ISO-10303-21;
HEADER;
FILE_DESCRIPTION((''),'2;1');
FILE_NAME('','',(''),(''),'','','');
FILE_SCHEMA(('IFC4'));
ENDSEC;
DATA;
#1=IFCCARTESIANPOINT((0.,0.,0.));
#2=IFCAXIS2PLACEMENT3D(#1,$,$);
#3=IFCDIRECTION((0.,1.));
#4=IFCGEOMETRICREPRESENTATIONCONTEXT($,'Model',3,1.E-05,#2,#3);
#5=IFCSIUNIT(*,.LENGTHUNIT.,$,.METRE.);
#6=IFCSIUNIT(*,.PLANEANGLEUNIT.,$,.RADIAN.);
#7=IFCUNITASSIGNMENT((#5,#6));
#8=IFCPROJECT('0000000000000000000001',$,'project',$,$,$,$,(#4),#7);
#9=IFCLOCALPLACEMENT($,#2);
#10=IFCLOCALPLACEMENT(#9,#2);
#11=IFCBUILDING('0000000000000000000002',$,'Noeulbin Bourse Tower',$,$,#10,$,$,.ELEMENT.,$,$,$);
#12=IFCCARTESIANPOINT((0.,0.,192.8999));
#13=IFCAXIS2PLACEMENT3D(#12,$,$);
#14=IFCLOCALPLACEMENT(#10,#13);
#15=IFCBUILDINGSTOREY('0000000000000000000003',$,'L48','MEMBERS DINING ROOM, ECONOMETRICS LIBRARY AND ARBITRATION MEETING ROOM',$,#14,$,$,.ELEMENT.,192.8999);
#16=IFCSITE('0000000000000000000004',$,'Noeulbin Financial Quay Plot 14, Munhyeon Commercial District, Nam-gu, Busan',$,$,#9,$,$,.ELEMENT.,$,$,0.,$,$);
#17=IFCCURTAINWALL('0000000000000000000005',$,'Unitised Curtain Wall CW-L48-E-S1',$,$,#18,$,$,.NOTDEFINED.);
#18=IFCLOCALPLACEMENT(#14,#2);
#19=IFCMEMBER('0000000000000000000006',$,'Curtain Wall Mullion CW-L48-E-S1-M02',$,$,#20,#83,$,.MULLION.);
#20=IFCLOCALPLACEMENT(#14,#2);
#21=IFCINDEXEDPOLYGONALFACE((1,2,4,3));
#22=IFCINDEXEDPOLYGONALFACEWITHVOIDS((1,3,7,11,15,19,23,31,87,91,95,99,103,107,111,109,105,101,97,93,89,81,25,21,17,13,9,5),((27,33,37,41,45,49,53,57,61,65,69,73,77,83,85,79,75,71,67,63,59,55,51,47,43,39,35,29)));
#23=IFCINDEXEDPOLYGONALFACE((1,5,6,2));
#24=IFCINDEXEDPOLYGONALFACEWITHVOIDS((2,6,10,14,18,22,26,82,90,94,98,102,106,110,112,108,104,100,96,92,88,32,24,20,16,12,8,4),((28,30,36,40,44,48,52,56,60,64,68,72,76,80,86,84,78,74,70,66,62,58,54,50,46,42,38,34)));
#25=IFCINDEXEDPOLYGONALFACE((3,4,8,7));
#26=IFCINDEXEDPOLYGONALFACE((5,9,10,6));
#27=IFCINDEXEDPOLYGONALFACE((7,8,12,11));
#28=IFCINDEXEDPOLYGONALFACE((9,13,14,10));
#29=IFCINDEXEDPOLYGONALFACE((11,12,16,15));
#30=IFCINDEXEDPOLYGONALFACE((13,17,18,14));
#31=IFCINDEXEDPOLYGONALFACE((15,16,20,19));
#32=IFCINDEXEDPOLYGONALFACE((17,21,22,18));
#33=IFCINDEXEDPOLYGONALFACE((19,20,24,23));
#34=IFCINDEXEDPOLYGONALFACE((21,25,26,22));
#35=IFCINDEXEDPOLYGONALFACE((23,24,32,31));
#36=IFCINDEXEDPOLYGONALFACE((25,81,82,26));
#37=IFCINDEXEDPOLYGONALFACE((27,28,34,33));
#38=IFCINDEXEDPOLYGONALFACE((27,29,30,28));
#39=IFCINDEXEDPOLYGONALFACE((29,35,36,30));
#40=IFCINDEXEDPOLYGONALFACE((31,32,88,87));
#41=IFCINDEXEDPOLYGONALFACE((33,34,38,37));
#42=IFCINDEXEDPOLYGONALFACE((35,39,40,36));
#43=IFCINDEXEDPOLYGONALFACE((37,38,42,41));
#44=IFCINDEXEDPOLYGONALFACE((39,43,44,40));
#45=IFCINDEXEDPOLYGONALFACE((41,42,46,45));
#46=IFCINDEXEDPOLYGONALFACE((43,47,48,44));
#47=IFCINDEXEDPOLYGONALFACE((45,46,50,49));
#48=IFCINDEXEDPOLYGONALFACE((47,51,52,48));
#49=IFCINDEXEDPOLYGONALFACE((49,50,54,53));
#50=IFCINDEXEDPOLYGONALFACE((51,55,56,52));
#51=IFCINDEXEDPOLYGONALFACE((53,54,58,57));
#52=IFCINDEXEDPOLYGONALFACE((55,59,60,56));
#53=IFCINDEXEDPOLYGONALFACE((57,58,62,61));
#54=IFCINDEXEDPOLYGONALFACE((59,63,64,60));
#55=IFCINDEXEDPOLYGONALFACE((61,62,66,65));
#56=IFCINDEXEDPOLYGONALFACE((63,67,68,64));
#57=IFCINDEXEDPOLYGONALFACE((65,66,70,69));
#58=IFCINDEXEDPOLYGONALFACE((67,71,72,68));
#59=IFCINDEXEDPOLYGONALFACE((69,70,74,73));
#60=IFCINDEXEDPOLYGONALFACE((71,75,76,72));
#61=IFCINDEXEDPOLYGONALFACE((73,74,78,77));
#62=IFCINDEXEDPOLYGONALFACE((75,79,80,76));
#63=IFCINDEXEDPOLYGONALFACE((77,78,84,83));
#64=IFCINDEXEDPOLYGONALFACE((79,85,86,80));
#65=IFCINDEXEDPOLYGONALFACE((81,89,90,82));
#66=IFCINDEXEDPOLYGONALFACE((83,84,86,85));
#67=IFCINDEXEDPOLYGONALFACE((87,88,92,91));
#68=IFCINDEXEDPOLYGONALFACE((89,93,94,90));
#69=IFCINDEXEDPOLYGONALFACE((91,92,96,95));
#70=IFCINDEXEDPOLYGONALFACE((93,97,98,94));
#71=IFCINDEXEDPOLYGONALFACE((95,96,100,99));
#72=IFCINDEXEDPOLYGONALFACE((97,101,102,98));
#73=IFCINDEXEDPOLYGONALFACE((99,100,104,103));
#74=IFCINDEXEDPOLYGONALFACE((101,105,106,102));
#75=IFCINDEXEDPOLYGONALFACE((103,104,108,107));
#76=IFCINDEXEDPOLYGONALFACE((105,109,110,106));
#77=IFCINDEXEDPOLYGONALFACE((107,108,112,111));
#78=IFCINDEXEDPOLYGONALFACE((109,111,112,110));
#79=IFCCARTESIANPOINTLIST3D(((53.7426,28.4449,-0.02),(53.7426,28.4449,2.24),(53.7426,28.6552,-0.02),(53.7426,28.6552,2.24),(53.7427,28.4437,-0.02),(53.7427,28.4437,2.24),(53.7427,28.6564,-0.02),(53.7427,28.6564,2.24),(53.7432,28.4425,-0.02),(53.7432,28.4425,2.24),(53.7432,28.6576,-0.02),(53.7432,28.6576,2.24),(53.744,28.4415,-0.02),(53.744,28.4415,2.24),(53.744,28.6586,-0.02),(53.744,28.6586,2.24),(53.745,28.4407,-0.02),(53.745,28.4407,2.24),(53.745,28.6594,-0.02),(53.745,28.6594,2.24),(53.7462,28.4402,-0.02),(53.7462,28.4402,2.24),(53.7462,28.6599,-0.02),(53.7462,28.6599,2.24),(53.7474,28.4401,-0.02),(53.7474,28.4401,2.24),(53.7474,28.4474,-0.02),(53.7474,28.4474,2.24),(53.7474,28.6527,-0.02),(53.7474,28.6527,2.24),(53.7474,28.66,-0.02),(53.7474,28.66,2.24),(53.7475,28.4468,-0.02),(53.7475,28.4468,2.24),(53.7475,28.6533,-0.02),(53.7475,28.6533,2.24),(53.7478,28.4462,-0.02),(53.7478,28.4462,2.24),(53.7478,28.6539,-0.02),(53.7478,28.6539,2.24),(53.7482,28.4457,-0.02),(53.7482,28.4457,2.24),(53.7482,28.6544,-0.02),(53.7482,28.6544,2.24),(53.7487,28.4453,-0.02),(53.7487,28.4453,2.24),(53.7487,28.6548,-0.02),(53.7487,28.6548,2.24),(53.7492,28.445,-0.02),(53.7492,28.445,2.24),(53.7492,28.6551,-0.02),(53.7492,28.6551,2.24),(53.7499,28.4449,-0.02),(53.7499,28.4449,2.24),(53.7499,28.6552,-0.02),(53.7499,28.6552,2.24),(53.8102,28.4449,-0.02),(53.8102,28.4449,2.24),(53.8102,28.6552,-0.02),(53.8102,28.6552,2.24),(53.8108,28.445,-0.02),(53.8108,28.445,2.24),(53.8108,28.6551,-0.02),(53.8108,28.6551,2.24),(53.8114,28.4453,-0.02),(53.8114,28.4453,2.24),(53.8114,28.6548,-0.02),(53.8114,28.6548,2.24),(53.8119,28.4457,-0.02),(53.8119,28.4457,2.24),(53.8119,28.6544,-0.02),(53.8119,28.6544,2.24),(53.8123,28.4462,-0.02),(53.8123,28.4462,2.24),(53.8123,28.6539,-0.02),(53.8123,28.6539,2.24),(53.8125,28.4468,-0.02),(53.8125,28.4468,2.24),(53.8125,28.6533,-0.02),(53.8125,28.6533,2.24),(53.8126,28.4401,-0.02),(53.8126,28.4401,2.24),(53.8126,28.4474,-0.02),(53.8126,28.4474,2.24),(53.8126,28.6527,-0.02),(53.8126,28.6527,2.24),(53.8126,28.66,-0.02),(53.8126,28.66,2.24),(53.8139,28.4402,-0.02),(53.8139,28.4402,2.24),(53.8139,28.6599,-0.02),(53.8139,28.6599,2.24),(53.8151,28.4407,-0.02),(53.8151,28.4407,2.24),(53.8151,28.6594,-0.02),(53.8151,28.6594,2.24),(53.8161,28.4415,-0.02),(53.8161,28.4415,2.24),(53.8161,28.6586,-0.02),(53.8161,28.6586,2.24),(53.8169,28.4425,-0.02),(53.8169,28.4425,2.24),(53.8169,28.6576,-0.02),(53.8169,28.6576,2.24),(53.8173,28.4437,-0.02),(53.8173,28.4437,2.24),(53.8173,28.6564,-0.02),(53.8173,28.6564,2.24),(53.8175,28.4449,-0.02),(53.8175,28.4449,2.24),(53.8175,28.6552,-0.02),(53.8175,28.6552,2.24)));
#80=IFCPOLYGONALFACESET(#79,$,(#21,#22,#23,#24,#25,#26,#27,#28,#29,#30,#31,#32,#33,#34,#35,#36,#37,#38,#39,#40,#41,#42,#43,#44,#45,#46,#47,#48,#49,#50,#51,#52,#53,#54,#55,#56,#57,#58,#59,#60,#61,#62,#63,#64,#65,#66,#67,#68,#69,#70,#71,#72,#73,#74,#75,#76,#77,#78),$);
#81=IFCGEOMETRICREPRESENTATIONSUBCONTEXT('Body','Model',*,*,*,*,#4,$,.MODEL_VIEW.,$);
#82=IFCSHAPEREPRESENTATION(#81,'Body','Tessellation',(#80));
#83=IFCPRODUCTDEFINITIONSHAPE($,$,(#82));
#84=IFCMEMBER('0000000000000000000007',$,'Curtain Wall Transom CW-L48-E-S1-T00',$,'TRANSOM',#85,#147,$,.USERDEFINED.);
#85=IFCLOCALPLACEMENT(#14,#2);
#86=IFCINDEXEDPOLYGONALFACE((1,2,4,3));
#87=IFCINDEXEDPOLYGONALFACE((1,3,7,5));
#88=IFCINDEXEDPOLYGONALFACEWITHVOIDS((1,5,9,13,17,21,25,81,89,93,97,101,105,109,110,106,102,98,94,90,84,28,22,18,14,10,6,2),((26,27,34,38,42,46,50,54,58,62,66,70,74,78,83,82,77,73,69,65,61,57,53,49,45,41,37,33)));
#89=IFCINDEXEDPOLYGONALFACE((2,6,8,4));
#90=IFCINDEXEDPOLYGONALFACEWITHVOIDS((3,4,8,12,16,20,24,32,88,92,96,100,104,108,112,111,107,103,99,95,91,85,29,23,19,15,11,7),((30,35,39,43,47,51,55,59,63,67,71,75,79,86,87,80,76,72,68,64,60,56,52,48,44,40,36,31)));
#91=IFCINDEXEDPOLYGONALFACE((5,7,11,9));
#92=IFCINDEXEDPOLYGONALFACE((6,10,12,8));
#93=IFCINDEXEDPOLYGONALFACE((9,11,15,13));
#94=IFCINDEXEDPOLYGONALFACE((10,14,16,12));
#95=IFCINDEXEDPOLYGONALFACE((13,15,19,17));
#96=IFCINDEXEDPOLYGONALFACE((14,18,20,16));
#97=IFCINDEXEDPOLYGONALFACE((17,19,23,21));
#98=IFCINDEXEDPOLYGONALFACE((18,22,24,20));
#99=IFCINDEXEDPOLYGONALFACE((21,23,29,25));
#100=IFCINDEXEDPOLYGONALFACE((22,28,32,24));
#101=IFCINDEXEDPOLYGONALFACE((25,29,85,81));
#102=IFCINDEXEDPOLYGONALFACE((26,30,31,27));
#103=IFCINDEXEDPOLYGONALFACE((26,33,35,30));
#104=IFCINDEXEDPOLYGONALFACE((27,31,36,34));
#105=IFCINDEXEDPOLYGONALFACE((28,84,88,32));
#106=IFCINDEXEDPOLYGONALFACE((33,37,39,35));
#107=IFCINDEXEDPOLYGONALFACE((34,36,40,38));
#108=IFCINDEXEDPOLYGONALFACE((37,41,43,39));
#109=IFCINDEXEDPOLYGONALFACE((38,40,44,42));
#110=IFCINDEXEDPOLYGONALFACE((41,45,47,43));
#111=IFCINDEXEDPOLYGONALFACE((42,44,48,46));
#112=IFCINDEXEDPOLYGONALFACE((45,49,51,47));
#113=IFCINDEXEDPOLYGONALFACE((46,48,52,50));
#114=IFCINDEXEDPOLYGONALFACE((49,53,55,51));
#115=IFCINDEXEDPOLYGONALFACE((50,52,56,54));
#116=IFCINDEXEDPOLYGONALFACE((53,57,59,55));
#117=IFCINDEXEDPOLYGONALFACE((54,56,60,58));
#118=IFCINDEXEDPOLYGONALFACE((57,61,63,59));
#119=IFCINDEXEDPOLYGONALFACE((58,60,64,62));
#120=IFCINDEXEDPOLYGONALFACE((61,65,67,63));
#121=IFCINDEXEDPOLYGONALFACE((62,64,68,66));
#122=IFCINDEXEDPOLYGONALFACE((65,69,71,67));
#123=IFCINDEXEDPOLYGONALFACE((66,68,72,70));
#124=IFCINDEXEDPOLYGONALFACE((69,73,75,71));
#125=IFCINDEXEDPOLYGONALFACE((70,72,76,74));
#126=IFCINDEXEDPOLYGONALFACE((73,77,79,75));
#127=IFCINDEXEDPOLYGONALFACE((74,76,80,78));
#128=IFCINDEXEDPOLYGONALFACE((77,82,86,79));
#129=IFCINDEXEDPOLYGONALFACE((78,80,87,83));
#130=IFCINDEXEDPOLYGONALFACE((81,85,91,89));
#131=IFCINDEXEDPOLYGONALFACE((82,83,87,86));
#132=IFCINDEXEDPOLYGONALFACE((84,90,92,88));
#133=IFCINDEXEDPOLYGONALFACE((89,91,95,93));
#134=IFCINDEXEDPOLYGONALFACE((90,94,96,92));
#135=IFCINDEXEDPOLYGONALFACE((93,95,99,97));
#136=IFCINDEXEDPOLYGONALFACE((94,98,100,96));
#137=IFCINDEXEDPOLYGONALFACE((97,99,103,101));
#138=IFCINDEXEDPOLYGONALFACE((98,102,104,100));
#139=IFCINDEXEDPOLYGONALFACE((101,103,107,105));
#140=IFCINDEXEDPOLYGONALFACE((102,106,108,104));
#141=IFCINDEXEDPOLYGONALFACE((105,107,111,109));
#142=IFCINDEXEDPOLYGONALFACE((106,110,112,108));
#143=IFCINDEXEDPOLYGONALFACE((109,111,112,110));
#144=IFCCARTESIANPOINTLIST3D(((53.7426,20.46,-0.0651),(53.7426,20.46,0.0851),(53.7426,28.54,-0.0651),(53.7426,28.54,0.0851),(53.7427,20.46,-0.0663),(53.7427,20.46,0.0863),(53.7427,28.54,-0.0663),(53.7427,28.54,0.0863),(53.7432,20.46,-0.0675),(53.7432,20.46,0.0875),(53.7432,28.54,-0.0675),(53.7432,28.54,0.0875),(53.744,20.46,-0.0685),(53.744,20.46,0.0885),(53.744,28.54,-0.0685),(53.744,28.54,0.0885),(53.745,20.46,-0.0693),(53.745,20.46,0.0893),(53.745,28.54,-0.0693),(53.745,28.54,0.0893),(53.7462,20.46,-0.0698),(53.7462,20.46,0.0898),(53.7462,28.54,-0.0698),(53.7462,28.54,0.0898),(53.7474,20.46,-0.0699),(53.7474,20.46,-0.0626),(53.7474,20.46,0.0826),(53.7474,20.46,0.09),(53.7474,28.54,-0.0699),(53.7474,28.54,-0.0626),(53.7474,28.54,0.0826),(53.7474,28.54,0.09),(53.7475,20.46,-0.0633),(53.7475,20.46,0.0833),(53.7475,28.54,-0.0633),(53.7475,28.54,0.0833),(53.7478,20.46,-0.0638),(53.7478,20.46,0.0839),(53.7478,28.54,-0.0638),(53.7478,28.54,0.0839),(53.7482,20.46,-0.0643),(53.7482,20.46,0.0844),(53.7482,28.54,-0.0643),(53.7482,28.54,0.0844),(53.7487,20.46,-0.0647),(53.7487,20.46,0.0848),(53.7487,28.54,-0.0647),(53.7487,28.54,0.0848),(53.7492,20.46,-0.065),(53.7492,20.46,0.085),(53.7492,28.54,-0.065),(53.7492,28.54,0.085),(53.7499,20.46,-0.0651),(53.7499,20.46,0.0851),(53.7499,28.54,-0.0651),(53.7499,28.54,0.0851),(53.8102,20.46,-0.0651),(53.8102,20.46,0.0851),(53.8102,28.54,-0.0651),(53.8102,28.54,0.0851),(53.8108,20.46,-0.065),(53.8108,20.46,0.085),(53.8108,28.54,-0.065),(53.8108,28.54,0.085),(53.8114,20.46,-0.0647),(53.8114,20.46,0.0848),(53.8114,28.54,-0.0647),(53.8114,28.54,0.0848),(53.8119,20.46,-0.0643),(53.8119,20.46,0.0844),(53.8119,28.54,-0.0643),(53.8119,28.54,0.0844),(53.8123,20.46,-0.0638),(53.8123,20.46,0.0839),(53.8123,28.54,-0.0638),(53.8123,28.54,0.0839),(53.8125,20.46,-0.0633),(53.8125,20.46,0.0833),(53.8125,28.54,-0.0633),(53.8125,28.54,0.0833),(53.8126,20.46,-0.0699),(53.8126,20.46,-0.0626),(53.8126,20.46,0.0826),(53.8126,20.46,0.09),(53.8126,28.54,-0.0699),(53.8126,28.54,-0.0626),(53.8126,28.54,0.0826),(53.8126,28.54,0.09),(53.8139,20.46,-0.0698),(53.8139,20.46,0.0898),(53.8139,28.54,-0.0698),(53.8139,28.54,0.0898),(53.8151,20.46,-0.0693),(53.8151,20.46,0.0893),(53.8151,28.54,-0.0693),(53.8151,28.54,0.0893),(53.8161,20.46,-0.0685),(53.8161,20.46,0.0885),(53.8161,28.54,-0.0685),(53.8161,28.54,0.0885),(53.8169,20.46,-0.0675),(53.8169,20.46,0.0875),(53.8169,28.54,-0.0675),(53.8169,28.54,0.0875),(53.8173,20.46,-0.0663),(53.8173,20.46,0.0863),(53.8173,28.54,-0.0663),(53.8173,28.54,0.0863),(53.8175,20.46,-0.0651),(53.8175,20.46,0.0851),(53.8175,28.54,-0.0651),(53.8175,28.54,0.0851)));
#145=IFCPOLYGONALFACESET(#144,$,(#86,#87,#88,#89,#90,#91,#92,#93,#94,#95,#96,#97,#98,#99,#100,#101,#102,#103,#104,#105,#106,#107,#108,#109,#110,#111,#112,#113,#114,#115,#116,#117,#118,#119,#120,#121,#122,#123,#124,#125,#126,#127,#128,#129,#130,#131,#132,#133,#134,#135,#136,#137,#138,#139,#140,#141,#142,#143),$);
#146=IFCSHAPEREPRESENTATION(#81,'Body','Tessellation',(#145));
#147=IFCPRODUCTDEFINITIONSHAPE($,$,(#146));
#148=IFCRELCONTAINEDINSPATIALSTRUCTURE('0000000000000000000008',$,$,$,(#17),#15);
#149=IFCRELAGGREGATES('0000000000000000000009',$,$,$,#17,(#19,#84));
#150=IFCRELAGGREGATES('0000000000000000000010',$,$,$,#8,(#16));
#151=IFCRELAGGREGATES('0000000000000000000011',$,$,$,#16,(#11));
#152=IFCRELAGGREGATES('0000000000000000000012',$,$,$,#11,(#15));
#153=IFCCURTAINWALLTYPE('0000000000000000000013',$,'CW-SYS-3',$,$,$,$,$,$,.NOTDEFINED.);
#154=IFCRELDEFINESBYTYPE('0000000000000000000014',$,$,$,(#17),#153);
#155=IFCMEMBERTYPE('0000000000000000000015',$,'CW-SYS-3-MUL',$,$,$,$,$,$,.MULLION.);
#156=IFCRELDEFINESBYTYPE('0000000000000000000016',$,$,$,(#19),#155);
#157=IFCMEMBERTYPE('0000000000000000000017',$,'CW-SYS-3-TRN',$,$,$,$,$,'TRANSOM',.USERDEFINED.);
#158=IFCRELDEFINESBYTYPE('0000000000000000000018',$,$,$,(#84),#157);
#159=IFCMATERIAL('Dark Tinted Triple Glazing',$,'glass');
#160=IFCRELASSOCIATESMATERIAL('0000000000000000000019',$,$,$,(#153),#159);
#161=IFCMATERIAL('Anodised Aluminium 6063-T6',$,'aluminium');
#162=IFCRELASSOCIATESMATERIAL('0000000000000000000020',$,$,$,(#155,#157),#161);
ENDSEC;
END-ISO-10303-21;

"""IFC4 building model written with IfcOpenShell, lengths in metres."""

from ifc_helpers import new_model, si_unit, direction, frame, origin, origin_2d, place, context, subcontext, project, spatial, hollow_rectangle, extrude, material, material_profile, profile_set, type_object, element, aggregate, save


model = new_model("IFC4")

# Units and contexts
model_context = context("Model", 3, precision=1e-05, world=origin(), true_north=direction((0.0, 1.0)))
body_context = subcontext(model_context, "Body", "Model", "MODEL_VIEW")
ifc_project = project(units=[si_unit("LENGTHUNIT", "METRE"), si_unit("PLANEANGLEUNIT", "RADIAN")], contexts=[model_context])

# Site, building, storey
site_placement = place(None, origin())
site = spatial("IfcSite", under=ifc_project, at=site_placement, Name="Noeulbin Financial Quay Plot 14, Munhyeon Commercial District, Nam-gu, Busan", CompositionType="ELEMENT", RefElevation=0.0)
building_placement = place(site_placement, origin())
building = spatial("IfcBuilding", under=site, at=building_placement, Name="Noeulbin Bourse Tower", CompositionType="ELEMENT")
storey_placement = place(building_placement, frame((0.0, 0.0, 192.8999)))
storey = spatial("IfcBuildingStorey", under=building, at=storey_placement, Name="L48", Description="MEMBERS DINING ROOM, ECONOMETRICS LIBRARY AND ARBITRATION MEETING ROOM", CompositionType="ELEMENT", Elevation=192.8999)

# Curtain wall, members
ifc_material_1 = material(Name="Dark Tinted Triple Glazing", Category="glass")
curtain_wall_type = type_object("IfcCurtainWallType", Name="CW-SYS-3", PredefinedType="NOTDEFINED", material=ifc_material_1)
curtain_wall_placement = place(storey_placement, origin())
curtain_wall = element("IfcCurtainWall", 1, at=curtain_wall_placement, inside=storey, type_object=curtain_wall_type, Name="Unitised Curtain Wall CW-L48-E-S1", PredefinedType="NOTDEFINED")
ifc_material_2 = material(Name="Anodised Aluminium 6063-T6", Category="aluminium")
ifc_material_profile_1 = material_profile(ifc_material_2, hollow_rectangle(XDim=0.075, YDim=0.22, WallThickness=0.0049, InnerFilletRadius=0.0024, OuterFilletRadius=0.0049, at=origin_2d()), Name="ALU-MULL-75x220x5", Category="LoadBearing")
ifc_profile_set_1 = profile_set([ifc_material_profile_1], Name="Anodised Aluminium 6063-T6")
member_type_1 = type_object("IfcMemberType", Name="CW-SYS-3-MUL", PredefinedType="MULLION", material=ifc_profile_set_1)
member_1_placement = place(storey_placement, frame((53.78, 28.55, -0.02), z_axis=(0.0, 0.0, 1.0), x_axis=(1.0, 0.0, 0.0)))
member_1 = element("IfcMember", 2, at=member_1_placement, type_object=member_type_1, Name="Curtain Wall Mullion CW-L48-E-S1-M02", PredefinedType="MULLION", context=body_context, shape_type="SweptSolid", body=[
    extrude(hollow_rectangle(XDim=0.075, YDim=0.22, WallThickness=0.0049, InnerFilletRadius=0.0024, OuterFilletRadius=0.0049, at=origin_2d()), origin(), (0.0, 0.0, 1.0), 2.26),
])
ifc_material_profile_2 = material_profile(ifc_material_2, hollow_rectangle(XDim=0.075, YDim=0.1599, WallThickness=0.0049, InnerFilletRadius=0.0024, OuterFilletRadius=0.0049, at=origin_2d()), Name="ALU-TRAN-75x160x5", Category="LoadBearing")
ifc_profile_set_2 = profile_set([ifc_material_profile_2], Name="Anodised Aluminium 6063-T6")
member_type_2 = type_object("IfcMemberType", Name="CW-SYS-3-TRN", ElementType="TRANSOM", PredefinedType="USERDEFINED", material=ifc_profile_set_2)
member_2_placement = place(storey_placement, frame((53.78, 20.46, 0.01), z_axis=(0.0, 1.0, 0.0), x_axis=(-1.0, 0.0, 0.0)))
member_2 = element("IfcMember", 3, at=member_2_placement, type_object=member_type_2, Name="Curtain Wall Transom CW-L48-E-S1-T00", ObjectType="TRANSOM", PredefinedType="USERDEFINED", context=body_context, shape_type="SweptSolid", body=[
    extrude(hollow_rectangle(XDim=0.075, YDim=0.1599, WallThickness=0.0049, InnerFilletRadius=0.0024, OuterFilletRadius=0.0049, at=origin_2d()), origin(), (0.0, 0.0, 1.0), 8.0801),
])
aggregate(curtain_wall, [member_1, member_2])

save(model, "model.ifc")
